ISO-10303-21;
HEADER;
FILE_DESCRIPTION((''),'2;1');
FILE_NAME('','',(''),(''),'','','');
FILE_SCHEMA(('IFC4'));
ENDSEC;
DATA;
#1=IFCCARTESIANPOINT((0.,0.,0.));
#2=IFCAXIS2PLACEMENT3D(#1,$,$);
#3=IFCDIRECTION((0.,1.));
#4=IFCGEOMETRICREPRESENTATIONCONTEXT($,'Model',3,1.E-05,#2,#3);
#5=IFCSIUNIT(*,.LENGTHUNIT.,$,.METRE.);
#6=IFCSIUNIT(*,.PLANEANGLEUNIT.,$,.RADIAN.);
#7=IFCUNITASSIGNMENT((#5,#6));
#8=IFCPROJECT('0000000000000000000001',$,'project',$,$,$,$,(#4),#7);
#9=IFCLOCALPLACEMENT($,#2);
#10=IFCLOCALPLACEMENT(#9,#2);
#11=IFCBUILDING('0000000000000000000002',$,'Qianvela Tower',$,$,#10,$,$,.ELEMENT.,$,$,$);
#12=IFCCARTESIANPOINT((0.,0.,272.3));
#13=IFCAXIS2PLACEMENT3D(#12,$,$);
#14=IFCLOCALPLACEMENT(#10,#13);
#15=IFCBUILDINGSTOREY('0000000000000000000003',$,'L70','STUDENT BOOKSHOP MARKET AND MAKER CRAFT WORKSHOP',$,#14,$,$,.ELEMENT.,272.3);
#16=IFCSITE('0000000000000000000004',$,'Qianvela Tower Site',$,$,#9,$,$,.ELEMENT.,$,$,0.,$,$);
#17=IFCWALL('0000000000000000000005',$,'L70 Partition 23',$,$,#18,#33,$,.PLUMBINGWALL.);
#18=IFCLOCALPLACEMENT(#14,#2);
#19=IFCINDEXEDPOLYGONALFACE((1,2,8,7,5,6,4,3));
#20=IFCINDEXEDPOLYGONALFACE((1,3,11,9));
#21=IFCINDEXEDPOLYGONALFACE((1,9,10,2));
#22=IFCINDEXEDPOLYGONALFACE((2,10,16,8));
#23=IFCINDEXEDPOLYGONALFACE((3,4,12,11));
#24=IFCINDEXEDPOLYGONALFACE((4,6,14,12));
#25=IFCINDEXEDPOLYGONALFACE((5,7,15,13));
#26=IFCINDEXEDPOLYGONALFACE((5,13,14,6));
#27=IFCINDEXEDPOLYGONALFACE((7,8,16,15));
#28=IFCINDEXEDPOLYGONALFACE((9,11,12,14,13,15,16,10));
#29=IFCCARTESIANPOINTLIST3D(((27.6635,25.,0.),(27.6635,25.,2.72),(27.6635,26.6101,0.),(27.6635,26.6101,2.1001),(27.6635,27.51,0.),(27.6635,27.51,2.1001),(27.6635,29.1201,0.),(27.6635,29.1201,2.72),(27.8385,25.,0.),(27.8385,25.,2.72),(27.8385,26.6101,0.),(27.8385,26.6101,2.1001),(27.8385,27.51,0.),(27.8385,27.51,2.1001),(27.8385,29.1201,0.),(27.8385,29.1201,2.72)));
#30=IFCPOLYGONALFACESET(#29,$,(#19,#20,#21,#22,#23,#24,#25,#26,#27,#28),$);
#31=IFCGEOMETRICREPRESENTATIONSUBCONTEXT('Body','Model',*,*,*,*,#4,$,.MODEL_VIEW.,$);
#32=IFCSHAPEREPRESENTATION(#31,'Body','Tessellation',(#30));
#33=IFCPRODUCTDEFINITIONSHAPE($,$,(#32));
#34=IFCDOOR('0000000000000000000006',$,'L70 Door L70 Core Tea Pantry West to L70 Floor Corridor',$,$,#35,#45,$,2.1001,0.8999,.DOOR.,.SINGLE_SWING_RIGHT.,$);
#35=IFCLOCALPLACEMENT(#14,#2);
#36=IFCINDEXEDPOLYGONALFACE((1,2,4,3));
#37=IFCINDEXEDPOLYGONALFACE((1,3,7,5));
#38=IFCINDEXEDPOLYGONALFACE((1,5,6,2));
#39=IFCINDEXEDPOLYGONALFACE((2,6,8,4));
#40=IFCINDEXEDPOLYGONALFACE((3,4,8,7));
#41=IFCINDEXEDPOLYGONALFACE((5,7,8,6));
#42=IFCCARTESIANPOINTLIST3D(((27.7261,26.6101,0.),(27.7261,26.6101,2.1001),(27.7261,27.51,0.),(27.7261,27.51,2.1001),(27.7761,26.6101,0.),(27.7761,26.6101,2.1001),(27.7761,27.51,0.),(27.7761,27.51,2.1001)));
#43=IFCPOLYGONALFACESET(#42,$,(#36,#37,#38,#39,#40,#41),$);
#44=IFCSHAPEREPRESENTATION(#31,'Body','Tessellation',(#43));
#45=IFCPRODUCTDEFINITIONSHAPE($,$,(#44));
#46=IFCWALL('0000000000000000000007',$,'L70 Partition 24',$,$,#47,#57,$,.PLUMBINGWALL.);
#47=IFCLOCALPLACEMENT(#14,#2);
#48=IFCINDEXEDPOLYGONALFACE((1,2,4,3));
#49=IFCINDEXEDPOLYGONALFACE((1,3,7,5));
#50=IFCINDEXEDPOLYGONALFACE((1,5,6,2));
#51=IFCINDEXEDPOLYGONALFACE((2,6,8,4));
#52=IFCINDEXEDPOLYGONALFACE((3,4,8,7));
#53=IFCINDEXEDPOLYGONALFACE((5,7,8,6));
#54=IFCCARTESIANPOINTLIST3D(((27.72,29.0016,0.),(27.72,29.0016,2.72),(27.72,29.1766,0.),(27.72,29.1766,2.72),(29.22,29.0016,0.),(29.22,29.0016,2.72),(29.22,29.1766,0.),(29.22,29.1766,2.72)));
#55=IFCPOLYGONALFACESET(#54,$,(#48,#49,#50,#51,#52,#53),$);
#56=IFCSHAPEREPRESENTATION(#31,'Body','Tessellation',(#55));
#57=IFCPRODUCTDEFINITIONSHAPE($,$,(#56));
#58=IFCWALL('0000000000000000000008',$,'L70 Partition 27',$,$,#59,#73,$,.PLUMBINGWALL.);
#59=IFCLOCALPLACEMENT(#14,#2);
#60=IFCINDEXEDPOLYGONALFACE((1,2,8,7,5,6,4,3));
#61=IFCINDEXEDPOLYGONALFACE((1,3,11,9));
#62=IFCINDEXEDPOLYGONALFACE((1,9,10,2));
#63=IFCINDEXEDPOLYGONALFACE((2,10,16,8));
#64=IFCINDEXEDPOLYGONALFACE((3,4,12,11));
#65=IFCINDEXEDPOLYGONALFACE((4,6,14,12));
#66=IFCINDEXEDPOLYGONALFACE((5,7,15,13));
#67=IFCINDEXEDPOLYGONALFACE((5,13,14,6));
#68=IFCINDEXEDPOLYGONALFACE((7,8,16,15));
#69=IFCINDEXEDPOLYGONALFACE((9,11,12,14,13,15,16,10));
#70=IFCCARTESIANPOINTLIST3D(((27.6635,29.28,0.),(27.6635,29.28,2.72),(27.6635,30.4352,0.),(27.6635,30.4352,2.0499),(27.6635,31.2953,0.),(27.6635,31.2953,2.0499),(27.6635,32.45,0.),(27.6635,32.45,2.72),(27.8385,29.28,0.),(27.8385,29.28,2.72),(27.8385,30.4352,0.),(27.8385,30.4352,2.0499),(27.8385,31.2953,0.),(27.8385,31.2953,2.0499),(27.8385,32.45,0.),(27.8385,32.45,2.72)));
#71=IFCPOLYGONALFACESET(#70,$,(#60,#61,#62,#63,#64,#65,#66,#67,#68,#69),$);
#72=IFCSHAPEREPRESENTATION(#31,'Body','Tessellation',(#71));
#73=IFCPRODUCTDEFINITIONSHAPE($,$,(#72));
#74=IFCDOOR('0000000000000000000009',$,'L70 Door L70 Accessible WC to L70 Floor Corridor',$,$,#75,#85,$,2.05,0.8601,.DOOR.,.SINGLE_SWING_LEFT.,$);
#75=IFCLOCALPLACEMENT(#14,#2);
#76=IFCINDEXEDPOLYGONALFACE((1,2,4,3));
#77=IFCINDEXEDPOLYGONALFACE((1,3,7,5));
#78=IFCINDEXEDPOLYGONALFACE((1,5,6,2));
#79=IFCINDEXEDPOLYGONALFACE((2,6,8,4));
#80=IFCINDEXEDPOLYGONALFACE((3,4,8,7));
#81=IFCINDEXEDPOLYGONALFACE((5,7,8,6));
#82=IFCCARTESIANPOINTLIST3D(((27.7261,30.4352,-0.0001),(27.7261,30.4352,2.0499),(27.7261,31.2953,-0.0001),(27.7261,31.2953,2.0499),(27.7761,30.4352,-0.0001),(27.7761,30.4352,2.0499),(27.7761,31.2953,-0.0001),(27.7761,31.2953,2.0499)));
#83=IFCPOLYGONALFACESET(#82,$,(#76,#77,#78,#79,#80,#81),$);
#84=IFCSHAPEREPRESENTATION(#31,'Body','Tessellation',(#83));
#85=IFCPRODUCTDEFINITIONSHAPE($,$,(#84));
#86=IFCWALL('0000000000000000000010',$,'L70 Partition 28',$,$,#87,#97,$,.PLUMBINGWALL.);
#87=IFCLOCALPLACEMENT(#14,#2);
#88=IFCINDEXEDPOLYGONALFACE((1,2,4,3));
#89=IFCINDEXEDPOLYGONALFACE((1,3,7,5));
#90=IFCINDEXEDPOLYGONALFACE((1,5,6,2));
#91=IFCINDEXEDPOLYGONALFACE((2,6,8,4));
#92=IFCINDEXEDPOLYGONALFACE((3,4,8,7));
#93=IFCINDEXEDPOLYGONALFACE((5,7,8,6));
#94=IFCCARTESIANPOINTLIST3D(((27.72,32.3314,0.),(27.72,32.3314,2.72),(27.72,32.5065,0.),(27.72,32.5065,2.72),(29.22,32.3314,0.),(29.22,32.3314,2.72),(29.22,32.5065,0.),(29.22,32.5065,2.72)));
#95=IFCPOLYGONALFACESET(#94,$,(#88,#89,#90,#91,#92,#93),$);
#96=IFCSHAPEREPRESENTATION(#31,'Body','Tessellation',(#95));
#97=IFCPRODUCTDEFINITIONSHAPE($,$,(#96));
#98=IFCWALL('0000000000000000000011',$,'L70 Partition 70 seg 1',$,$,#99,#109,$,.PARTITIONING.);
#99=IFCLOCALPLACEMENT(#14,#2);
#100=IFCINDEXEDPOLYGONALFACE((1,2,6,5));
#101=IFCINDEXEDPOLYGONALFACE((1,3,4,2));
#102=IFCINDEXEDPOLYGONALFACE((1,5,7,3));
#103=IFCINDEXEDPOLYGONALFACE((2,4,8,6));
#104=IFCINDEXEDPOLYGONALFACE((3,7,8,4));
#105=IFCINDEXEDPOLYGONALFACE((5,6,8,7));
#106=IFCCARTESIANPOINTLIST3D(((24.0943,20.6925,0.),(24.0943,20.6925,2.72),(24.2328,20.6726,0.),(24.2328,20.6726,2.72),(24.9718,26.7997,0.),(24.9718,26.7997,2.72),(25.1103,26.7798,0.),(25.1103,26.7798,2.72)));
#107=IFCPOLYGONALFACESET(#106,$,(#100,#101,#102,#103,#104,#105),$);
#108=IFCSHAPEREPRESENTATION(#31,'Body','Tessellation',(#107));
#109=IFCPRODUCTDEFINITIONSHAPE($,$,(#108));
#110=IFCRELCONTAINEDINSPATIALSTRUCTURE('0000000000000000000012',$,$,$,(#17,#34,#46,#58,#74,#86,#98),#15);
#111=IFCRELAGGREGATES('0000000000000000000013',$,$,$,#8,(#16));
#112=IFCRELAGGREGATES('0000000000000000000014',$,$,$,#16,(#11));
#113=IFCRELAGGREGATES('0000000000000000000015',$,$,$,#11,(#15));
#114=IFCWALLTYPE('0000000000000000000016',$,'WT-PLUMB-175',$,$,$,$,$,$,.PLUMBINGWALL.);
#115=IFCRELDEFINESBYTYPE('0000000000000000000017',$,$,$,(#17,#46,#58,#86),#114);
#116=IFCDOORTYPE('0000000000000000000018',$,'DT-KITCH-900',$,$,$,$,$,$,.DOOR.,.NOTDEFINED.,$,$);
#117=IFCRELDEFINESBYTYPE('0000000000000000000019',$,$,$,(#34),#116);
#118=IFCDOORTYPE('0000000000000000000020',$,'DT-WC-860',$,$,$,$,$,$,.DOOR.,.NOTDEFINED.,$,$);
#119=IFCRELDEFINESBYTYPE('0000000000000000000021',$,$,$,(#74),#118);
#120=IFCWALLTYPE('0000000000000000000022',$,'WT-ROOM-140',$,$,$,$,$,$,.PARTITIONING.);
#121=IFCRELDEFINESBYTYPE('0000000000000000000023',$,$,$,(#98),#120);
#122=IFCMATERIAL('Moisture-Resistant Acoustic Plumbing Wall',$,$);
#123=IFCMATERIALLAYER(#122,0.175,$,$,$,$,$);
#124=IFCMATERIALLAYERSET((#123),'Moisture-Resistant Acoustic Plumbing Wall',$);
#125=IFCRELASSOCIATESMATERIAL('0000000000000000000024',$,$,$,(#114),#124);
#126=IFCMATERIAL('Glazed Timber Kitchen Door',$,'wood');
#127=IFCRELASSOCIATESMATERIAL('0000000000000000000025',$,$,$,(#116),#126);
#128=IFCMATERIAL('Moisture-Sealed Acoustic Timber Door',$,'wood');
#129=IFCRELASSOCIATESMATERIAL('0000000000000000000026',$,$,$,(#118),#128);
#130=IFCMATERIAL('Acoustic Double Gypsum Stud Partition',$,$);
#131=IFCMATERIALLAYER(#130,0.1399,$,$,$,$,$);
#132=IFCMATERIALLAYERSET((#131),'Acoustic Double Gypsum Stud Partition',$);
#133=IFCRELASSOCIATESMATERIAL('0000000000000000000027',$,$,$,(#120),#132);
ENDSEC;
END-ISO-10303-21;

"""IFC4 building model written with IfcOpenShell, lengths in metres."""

from ifc_helpers import new_model, si_unit, direction, frame, frame_2d, origin, place, context, subcontext, project, spatial, rectangle, extrude, material, layer, layer_set, type_object, element, fill, save


model = new_model("IFC4")

# Units and contexts
model_context = context("Model", 3, precision=1e-05, world=origin(), true_north=direction((0.0, 1.0)))
body_context = subcontext(model_context, "Body", "Model", "MODEL_VIEW")
ifc_project = project(units=[si_unit("LENGTHUNIT", "METRE"), si_unit("PLANEANGLEUNIT", "RADIAN")], contexts=[model_context])

# Site, building, storey
site_placement = place(None, origin())
site = spatial("IfcSite", under=ifc_project, at=site_placement, Name="Qianvela Tower Site", CompositionType="ELEMENT", RefElevation=0.0)
building_placement = place(site_placement, origin())
building = spatial("IfcBuilding", under=site, at=building_placement, Name="Qianvela Tower", CompositionType="ELEMENT")
storey_placement = place(building_placement, frame((0.0, 0.0, 272.3)))
storey = spatial("IfcBuildingStorey", under=building, at=storey_placement, Name="L70", Description="STUDENT BOOKSHOP MARKET AND MAKER CRAFT WORKSHOP", CompositionType="ELEMENT", Elevation=272.3)

# Wall, opening, door
ifc_material_1 = material(Name="Moisture-Resistant Acoustic Plumbing Wall")
ifc_layer_1 = layer(ifc_material_1, 0.175)
ifc_layer_set_1 = layer_set([ifc_layer_1], Name="Moisture-Resistant Acoustic Plumbing Wall")
wall_type_1 = type_object("IfcWallType", Name="WT-PLUMB-175", PredefinedType="PLUMBINGWALL", material=ifc_layer_set_1)
wall_1_placement = place(storey_placement, frame((27.751, 25.0, 0.0), z_axis=(0.0, 0.0, 1.0), x_axis=(0.0, 1.0, 0.0)))
wall_1 = element("IfcWall", 1, at=wall_1_placement, inside=storey, type_object=wall_type_1, Name="L70 Partition 23", PredefinedType="PLUMBINGWALL", context=body_context, shape_type="SweptSolid", body=[
    extrude(rectangle(XDim=4.1201, YDim=0.175, at=frame_2d((2.0601, 0.0))), origin(), (0.0, 0.0, 1.0), 2.72),
])
opening_1_placement = place(wall_1_placement, frame((1.6101, 0.0, 0.0)))
opening_1 = element("IfcOpeningElement", 2, at=opening_1_placement, cuts=wall_1, PredefinedType="OPENING", context=body_context, shape_type="SweptSolid", body=[
    extrude(rectangle(XDim=0.8999, YDim=2.1001, at=frame_2d((0.45, 1.05))), frame((0.0, 0.0974, 0.0), z_axis=(0.0, -1.0, 0.0), x_axis=(1.0, 0.0, 0.0)), (0.0, 0.0, 1.0), 0.1951),
])
ifc_material_2 = material(Name="Glazed Timber Kitchen Door", Category="wood")
door_type_1 = type_object("IfcDoorType", Name="DT-KITCH-900", OperationType="NOTDEFINED", PredefinedType="DOOR", material=ifc_material_2)
door_1_placement = place(opening_1_placement, origin())
door_1 = element("IfcDoor", 3, at=door_1_placement, inside=storey, type_object=door_type_1, Name="L70 Door L70 Core Tea Pantry West to L70 Floor Corridor", OperationType="SINGLE_SWING_RIGHT", OverallHeight=2.1001, OverallWidth=0.8999, PredefinedType="DOOR", context=body_context, shape_type="SweptSolid", body=[
    extrude(rectangle(XDim=0.8999, YDim=2.1001, at=frame_2d((0.45, 1.05))), frame((0.0, 0.0249, 0.0), z_axis=(0.0, -1.0, 0.0), x_axis=(1.0, 0.0, 0.0)), (0.0, 0.0, 1.0), 0.05),
])
fill(opening_1, door_1)

# Wall
wall_2_placement = place(storey_placement, frame((27.72, 29.0891, 0.0), z_axis=(0.0, 0.0, 1.0), x_axis=(1.0, 0.0, 0.0)))
element("IfcWall", 4, at=wall_2_placement, inside=storey, type_object=wall_type_1, Name="L70 Partition 24", PredefinedType="PLUMBINGWALL", context=body_context, shape_type="SweptSolid", body=[
    extrude(rectangle(XDim=1.5, YDim=0.175, at=frame_2d((0.75, 0.0))), origin(), (0.0, 0.0, 1.0), 2.72),
])

# Wall, opening, door
wall_3_placement = place(storey_placement, frame((27.751, 29.28, 0.0), z_axis=(0.0, 0.0, 1.0), x_axis=(0.0, 1.0, 0.0)))
wall_3 = element("IfcWall", 5, at=wall_3_placement, inside=storey, type_object=wall_type_1, Name="L70 Partition 27", PredefinedType="PLUMBINGWALL", context=body_context, shape_type="SweptSolid", body=[
    extrude(rectangle(XDim=3.1699, YDim=0.175, at=frame_2d((1.585, 0.0))), origin(), (0.0, 0.0, 1.0), 2.72),
])
opening_2_placement = place(wall_3_placement, frame((1.155, 0.0, 0.0)))
opening_2 = element("IfcOpeningElement", 6, at=opening_2_placement, cuts=wall_3, PredefinedType="OPENING", context=body_context, shape_type="SweptSolid", body=[
    extrude(rectangle(XDim=0.8601, YDim=2.05, at=frame_2d((0.4302, 1.0249))), frame((0.0, 0.0974, 0.0), z_axis=(0.0, -1.0, 0.0), x_axis=(1.0, 0.0, 0.0)), (0.0, 0.0, 1.0), 0.1951),
])
ifc_material_3 = material(Name="Moisture-Sealed Acoustic Timber Door", Category="wood")
door_type_2 = type_object("IfcDoorType", Name="DT-WC-860", OperationType="NOTDEFINED", PredefinedType="DOOR", material=ifc_material_3)
door_2_placement = place(opening_2_placement, origin())
door_2 = element("IfcDoor", 7, at=door_2_placement, inside=storey, type_object=door_type_2, Name="L70 Door L70 Accessible WC to L70 Floor Corridor", OperationType="SINGLE_SWING_LEFT", OverallHeight=2.05, OverallWidth=0.8601, PredefinedType="DOOR", context=body_context, shape_type="SweptSolid", body=[
    extrude(rectangle(XDim=0.8601, YDim=2.05, at=frame_2d((0.4302, 1.0249))), frame((0.0, 0.0249, 0.0), z_axis=(0.0, -1.0, 0.0), x_axis=(1.0, 0.0, 0.0)), (0.0, 0.0, 1.0), 0.05),
])
fill(opening_2, door_2)

# Walls
wall_4_placement = place(storey_placement, frame((27.72, 32.4189, 0.0), z_axis=(0.0, 0.0, 1.0), x_axis=(1.0, 0.0, 0.0)))
element("IfcWall", 8, at=wall_4_placement, inside=storey, type_object=wall_type_1, Name="L70 Partition 28", PredefinedType="PLUMBINGWALL", context=body_context, shape_type="SweptSolid", body=[
    extrude(rectangle(XDim=1.5, YDim=0.175, at=frame_2d((0.75, 0.0))), origin(), (0.0, 0.0, 1.0), 2.72),
])
ifc_material_4 = material(Name="Acoustic Double Gypsum Stud Partition")
ifc_layer_2 = layer(ifc_material_4, 0.1399)
ifc_layer_set_2 = layer_set([ifc_layer_2], Name="Acoustic Double Gypsum Stud Partition")
wall_type_2 = type_object("IfcWallType", Name="WT-ROOM-140", PredefinedType="PARTITIONING", material=ifc_layer_set_2)
wall_5_placement = place(storey_placement, frame((25.041, 26.7898, 0.0), z_axis=(0.0, 0.0, 1.0), x_axis=(-0.142213, -0.989836, 0.0)))
element("IfcWall", 9, at=wall_5_placement, inside=storey, type_object=wall_type_2, Name="L70 Partition 70 seg 1", PredefinedType="PARTITIONING", context=body_context, shape_type="SweptSolid", body=[
    extrude(rectangle(XDim=6.1699, YDim=0.1399, at=frame_2d((3.085, 0.0))), origin(), (0.0, 0.0, 1.0), 2.72),
])

save(model, "model.ifc")
